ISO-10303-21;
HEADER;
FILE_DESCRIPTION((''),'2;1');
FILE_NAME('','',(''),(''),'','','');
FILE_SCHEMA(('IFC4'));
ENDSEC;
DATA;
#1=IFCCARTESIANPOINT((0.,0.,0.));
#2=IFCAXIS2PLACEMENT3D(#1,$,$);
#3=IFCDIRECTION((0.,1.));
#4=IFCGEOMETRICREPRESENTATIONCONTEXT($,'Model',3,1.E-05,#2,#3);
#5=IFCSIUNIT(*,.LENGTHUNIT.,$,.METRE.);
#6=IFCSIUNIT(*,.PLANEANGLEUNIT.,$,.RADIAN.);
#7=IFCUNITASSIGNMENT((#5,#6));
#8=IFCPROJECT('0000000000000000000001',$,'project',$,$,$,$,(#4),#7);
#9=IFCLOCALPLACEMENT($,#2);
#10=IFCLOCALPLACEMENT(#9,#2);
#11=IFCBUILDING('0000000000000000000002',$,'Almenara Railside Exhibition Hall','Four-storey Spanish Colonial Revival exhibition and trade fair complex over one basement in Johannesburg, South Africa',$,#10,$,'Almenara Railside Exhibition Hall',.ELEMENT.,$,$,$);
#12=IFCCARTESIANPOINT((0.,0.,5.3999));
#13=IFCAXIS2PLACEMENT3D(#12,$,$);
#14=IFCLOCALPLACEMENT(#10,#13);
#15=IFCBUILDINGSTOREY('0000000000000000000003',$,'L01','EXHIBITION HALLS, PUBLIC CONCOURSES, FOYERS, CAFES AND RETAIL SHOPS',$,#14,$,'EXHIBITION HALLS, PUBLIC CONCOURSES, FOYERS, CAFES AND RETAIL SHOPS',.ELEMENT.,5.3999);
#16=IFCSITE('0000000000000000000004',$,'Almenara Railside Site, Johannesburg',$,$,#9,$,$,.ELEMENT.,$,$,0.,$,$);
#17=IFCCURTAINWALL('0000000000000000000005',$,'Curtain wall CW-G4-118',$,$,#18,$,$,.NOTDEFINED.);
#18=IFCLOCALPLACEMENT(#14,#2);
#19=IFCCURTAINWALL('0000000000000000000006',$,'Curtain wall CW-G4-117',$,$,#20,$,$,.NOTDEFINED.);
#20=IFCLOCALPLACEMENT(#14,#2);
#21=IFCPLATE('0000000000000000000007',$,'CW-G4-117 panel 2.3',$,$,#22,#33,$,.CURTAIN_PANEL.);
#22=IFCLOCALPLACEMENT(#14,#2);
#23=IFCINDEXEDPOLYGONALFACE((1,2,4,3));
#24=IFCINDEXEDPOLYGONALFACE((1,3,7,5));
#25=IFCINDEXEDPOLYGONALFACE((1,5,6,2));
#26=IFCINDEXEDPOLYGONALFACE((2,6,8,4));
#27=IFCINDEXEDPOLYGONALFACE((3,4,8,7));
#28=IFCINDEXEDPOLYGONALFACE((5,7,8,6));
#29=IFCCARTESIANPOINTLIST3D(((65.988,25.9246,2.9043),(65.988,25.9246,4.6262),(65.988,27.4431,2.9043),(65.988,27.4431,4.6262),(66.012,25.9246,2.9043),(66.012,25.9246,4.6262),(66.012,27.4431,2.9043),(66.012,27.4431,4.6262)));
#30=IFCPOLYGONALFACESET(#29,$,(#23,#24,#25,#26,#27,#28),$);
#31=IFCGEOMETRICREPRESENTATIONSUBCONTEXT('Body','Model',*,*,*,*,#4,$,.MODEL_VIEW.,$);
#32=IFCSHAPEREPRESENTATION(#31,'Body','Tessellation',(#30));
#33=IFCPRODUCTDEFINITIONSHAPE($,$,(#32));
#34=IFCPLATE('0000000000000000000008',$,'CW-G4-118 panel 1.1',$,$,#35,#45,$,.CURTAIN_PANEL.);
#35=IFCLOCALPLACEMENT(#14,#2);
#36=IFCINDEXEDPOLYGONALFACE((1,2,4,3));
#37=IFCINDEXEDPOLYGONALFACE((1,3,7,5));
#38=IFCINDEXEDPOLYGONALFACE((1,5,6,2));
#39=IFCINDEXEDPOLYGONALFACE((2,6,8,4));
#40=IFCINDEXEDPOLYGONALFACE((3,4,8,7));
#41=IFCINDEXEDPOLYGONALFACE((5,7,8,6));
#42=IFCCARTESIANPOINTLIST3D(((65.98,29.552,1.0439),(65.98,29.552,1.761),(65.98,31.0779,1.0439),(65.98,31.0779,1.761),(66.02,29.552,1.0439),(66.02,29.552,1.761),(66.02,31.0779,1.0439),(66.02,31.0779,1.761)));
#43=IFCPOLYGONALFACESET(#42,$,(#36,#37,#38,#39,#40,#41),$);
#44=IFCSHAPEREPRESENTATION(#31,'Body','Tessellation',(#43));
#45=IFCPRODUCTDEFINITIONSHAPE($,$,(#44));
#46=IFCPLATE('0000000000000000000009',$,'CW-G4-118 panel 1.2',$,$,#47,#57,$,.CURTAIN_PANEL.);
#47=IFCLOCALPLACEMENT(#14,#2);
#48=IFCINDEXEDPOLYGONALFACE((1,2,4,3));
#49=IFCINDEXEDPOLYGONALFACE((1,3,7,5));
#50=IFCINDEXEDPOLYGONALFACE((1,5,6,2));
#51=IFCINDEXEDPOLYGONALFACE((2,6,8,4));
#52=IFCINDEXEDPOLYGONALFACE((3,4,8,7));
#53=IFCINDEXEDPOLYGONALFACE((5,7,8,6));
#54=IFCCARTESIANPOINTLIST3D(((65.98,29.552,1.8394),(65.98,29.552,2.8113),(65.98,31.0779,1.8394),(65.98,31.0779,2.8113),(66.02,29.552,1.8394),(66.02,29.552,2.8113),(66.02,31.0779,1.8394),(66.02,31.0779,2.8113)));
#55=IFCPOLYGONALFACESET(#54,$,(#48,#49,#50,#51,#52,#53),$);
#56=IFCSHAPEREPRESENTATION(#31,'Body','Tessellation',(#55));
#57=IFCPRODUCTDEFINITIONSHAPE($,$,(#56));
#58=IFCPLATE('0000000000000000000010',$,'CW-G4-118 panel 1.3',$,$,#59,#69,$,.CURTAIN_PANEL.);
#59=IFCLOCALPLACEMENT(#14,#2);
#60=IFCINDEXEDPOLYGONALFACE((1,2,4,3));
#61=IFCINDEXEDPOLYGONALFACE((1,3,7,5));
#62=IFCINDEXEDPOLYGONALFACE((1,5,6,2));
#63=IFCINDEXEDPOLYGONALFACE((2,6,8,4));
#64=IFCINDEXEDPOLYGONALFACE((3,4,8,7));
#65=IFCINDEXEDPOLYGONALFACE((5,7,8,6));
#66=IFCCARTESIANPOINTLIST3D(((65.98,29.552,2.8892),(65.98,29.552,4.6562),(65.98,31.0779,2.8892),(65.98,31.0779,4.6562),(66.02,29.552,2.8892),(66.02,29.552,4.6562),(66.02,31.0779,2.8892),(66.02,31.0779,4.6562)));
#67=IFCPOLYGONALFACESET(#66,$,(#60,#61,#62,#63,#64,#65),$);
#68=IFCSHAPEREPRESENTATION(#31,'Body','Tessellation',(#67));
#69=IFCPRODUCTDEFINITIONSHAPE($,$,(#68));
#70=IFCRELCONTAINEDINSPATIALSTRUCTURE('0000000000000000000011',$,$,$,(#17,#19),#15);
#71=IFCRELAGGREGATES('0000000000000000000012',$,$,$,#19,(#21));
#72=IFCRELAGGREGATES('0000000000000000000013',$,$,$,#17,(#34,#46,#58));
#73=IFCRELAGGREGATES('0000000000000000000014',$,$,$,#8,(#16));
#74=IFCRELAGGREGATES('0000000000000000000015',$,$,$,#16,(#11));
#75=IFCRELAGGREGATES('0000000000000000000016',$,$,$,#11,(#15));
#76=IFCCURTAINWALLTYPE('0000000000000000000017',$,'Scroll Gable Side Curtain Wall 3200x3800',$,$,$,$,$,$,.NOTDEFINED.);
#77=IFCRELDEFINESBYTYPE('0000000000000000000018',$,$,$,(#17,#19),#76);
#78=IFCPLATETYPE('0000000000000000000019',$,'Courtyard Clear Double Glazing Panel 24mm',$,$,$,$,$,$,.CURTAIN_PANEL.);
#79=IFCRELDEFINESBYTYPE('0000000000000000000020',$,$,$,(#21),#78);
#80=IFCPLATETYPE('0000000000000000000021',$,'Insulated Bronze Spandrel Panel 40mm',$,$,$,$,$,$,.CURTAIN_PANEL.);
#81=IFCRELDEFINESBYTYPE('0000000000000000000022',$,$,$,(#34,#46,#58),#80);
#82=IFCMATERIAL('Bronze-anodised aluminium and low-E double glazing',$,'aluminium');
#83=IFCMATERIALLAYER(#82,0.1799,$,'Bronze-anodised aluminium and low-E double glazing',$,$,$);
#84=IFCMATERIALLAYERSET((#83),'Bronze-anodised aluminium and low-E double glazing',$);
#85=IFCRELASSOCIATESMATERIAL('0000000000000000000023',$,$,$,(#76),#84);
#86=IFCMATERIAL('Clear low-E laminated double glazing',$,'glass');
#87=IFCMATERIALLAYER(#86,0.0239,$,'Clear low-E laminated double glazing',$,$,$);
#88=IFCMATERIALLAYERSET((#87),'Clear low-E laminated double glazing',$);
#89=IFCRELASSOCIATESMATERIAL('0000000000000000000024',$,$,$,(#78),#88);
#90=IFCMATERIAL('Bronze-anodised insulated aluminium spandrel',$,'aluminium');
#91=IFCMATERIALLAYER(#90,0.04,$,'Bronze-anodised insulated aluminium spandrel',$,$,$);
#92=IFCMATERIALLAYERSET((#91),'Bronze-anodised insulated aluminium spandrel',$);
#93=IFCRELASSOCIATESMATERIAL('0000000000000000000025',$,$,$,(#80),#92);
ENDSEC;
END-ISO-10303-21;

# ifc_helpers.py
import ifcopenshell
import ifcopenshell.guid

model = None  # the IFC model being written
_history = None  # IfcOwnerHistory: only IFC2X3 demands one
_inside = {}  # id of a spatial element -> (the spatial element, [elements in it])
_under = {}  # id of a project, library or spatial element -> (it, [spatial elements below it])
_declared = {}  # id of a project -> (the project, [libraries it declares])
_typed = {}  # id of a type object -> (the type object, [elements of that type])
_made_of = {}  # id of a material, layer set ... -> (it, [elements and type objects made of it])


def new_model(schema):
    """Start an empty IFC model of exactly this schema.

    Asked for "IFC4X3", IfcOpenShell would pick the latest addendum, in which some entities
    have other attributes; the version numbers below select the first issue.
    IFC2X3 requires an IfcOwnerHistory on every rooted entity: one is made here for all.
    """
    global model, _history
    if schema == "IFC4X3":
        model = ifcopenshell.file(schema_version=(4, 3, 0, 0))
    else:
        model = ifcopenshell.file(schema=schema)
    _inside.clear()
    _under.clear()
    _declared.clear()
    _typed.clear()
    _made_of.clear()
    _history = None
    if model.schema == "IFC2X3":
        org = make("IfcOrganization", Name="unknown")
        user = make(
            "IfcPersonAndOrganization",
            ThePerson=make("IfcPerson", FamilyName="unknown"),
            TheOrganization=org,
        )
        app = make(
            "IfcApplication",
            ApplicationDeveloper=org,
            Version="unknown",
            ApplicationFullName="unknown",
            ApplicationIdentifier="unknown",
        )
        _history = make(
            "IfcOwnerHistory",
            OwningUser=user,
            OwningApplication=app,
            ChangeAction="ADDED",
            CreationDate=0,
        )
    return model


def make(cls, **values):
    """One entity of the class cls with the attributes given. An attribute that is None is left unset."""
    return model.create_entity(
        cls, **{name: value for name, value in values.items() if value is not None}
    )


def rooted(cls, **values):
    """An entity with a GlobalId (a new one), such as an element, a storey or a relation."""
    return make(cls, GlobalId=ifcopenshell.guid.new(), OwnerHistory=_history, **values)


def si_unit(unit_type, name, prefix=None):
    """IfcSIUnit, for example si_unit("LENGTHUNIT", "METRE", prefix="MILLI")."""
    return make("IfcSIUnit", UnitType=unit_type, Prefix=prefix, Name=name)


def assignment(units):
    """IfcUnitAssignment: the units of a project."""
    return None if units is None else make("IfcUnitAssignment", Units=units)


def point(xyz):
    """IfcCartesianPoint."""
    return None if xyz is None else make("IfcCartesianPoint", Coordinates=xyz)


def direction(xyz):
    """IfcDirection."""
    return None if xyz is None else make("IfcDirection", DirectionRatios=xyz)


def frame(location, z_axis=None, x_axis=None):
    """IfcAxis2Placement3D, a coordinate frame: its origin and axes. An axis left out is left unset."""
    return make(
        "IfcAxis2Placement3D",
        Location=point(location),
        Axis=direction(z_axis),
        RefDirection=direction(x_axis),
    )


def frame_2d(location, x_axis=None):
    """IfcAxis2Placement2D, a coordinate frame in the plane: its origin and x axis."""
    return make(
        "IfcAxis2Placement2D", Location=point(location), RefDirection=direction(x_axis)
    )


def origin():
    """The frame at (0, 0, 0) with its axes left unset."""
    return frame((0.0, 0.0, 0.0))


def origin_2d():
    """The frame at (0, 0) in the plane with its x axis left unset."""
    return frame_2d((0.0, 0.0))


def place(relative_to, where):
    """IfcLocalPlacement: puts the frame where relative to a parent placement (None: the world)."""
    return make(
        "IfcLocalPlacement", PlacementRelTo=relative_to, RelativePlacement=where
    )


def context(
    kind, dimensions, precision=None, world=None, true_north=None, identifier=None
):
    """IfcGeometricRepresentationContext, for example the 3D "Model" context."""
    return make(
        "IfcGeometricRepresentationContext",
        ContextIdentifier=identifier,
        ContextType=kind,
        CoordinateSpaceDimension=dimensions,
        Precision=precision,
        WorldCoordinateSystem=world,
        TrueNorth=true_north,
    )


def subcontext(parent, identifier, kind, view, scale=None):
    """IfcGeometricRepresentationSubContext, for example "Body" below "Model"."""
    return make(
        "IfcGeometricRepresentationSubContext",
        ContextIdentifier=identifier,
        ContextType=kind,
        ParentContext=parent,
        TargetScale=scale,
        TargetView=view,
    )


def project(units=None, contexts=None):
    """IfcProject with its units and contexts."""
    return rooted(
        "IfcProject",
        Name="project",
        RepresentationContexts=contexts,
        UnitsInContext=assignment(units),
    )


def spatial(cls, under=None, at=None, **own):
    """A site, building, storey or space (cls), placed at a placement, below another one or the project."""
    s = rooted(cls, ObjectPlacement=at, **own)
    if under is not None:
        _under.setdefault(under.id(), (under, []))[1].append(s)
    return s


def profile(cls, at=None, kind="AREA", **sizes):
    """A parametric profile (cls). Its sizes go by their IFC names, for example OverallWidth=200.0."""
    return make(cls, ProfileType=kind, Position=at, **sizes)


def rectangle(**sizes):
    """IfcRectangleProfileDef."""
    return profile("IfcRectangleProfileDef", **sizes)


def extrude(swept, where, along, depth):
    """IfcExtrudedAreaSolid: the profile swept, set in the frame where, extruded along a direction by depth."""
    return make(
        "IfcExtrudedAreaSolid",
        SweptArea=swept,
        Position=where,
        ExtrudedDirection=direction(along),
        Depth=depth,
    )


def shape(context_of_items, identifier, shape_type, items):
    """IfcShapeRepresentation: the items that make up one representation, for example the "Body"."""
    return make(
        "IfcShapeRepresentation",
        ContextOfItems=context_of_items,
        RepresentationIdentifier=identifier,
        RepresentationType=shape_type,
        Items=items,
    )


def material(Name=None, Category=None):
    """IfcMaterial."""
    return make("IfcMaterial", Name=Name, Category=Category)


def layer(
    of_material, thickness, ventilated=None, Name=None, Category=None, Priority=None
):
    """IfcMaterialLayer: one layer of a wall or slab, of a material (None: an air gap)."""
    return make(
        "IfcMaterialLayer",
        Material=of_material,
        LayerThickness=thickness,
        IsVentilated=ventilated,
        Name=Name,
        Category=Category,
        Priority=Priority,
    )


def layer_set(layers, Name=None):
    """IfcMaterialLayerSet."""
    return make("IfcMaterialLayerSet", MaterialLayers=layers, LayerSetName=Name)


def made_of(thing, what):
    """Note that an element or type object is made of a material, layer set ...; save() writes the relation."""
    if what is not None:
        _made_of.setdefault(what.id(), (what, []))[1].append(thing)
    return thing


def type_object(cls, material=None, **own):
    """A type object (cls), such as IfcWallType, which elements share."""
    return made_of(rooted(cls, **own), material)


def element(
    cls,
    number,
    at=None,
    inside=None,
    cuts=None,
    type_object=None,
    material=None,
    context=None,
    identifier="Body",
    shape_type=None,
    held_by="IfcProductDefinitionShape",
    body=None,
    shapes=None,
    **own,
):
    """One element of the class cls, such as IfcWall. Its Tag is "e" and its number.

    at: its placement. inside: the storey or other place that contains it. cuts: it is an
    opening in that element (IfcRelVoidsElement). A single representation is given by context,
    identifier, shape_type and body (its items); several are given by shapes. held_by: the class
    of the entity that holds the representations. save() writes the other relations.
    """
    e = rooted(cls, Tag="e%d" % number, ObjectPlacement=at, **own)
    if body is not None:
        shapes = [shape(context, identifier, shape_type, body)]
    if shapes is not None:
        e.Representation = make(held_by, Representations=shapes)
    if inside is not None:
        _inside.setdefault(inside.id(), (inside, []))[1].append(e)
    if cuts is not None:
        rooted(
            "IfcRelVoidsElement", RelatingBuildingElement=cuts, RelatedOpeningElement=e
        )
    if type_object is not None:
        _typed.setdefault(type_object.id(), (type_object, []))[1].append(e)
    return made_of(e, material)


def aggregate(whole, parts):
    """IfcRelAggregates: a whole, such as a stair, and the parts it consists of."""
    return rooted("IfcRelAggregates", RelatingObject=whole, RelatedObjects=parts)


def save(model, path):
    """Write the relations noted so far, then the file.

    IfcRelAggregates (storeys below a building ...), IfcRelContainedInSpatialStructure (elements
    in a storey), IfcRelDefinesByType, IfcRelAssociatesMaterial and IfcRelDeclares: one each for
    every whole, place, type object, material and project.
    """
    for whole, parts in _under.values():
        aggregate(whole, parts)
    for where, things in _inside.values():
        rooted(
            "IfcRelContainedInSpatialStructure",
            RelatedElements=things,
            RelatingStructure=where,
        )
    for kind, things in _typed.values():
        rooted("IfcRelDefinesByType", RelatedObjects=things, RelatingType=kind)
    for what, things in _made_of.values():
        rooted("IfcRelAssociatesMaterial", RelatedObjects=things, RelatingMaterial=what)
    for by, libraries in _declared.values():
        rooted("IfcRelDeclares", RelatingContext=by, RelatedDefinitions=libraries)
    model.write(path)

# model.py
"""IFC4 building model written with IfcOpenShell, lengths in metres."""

from ifc_helpers import new_model, si_unit, direction, frame, origin, origin_2d, place, context, subcontext, project, spatial, rectangle, extrude, material, layer, layer_set, type_object, element, aggregate, save


model = new_model("IFC4")

# Units and contexts
model_context = context("Model", 3, precision=1e-05, world=origin(), true_north=direction((0.0, 1.0)))
body_context = subcontext(model_context, "Body", "Model", "MODEL_VIEW")
ifc_project = project(units=[si_unit("LENGTHUNIT", "METRE"), si_unit("PLANEANGLEUNIT", "RADIAN")], contexts=[model_context])

# Site, building, storey
site_placement = place(None, origin())
site = spatial("IfcSite", under=ifc_project, at=site_placement, Name="Almenara Railside Site, Johannesburg", CompositionType="ELEMENT", RefElevation=0.0)
building_placement = place(site_placement, origin())
building = spatial("IfcBuilding", under=site, at=building_placement, Name="Almenara Railside Exhibition Hall", Description="Four-storey Spanish Colonial Revival exhibition and trade fair complex over one basement in Johannesburg, South Africa", LongName="Almenara Railside Exhibition Hall", CompositionType="ELEMENT")
storey_placement = place(building_placement, frame((0.0, 0.0, 5.3999)))
storey = spatial("IfcBuildingStorey", under=building, at=storey_placement, Name="L01", Description="EXHIBITION HALLS, PUBLIC CONCOURSES, FOYERS, CAFES AND RETAIL SHOPS", LongName="EXHIBITION HALLS, PUBLIC CONCOURSES, FOYERS, CAFES AND RETAIL SHOPS", CompositionType="ELEMENT", Elevation=5.3999)

# Curtain walls
ifc_material_1 = material(Name="Bronze-anodised aluminium and low-E double glazing", Category="aluminium")
ifc_layer_1 = layer(ifc_material_1, 0.1799, Name="Bronze-anodised aluminium and low-E double glazing")
ifc_layer_set_1 = layer_set([ifc_layer_1], Name="Bronze-anodised aluminium and low-E double glazing")
curtain_wall_type = type_object("IfcCurtainWallType", Name="Scroll Gable Side Curtain Wall 3200x3800", PredefinedType="NOTDEFINED", material=ifc_layer_set_1)
curtain_wall_1_placement = place(storey_placement, origin())
curtain_wall_1 = element("IfcCurtainWall", 1, at=curtain_wall_1_placement, inside=storey, type_object=curtain_wall_type, Name="Curtain wall CW-G4-118", PredefinedType="NOTDEFINED")
curtain_wall_2_placement = place(storey_placement, origin())
curtain_wall_2 = element("IfcCurtainWall", 2, at=curtain_wall_2_placement, inside=storey, type_object=curtain_wall_type, Name="Curtain wall CW-G4-117", PredefinedType="NOTDEFINED")

# Plates
ifc_material_2 = material(Name="Clear low-E laminated double glazing", Category="glass")
ifc_layer_2 = layer(ifc_material_2, 0.0239, Name="Clear low-E laminated double glazing")
ifc_layer_set_2 = layer_set([ifc_layer_2], Name="Clear low-E laminated double glazing")
plate_type_1 = type_object("IfcPlateType", Name="Courtyard Clear Double Glazing Panel 24mm", PredefinedType="CURTAIN_PANEL", material=ifc_layer_set_2)
plate_1_placement = place(storey_placement, frame((66.0, 26.6838, 2.9043), z_axis=(0.0, 0.0, 1.0), x_axis=(0.0, 1.0, 0.0)))
plate_1 = element("IfcPlate", 3, at=plate_1_placement, type_object=plate_type_1, Name="CW-G4-117 panel 2.3", PredefinedType="CURTAIN_PANEL", context=body_context, shape_type="SweptSolid", body=[
    extrude(rectangle(XDim=1.5186, YDim=0.0239, at=origin_2d()), origin(), (0.0, 0.0, 1.0), 1.7219),
])
aggregate(curtain_wall_2, [plate_1])
ifc_material_3 = material(Name="Bronze-anodised insulated aluminium spandrel", Category="aluminium")
ifc_layer_3 = layer(ifc_material_3, 0.04, Name="Bronze-anodised insulated aluminium spandrel")
ifc_layer_set_3 = layer_set([ifc_layer_3], Name="Bronze-anodised insulated aluminium spandrel")
plate_type_2 = type_object("IfcPlateType", Name="Insulated Bronze Spandrel Panel 40mm", PredefinedType="CURTAIN_PANEL", material=ifc_layer_set_3)
plate_2_placement = place(storey_placement, frame((66.0, 30.3149, 1.0439), z_axis=(0.0, 0.0, 1.0), x_axis=(0.0, 1.0, 0.0)))
plate_2 = element("IfcPlate", 4, at=plate_2_placement, type_object=plate_type_2, Name="CW-G4-118 panel 1.1", PredefinedType="CURTAIN_PANEL", context=body_context, shape_type="SweptSolid", body=[
    extrude(rectangle(XDim=1.5259, YDim=0.04, at=origin_2d()), origin(), (0.0, 0.0, 1.0), 0.717),
])
plate_3_placement = place(storey_placement, frame((66.0, 30.3149, 1.8394), z_axis=(0.0, 0.0, 1.0), x_axis=(0.0, 1.0, 0.0)))
plate_3 = element("IfcPlate", 5, at=plate_3_placement, type_object=plate_type_2, Name="CW-G4-118 panel 1.2", PredefinedType="CURTAIN_PANEL", context=body_context, shape_type="SweptSolid", body=[
    extrude(rectangle(XDim=1.5259, YDim=0.04, at=origin_2d()), origin(), (0.0, 0.0, 1.0), 0.9719),
])
plate_4_placement = place(storey_placement, frame((66.0, 30.3149, 2.8892), z_axis=(0.0, 0.0, 1.0), x_axis=(0.0, 1.0, 0.0)))
plate_4 = element("IfcPlate", 6, at=plate_4_placement, type_object=plate_type_2, Name="CW-G4-118 panel 1.3", PredefinedType="CURTAIN_PANEL", context=body_context, shape_type="SweptSolid", body=[
    extrude(rectangle(XDim=1.5259, YDim=0.04, at=origin_2d()), origin(), (0.0, 0.0, 1.0), 1.7671),
])
aggregate(curtain_wall_1, [plate_2, plate_3, plate_4])

save(model, "model.ifc")
